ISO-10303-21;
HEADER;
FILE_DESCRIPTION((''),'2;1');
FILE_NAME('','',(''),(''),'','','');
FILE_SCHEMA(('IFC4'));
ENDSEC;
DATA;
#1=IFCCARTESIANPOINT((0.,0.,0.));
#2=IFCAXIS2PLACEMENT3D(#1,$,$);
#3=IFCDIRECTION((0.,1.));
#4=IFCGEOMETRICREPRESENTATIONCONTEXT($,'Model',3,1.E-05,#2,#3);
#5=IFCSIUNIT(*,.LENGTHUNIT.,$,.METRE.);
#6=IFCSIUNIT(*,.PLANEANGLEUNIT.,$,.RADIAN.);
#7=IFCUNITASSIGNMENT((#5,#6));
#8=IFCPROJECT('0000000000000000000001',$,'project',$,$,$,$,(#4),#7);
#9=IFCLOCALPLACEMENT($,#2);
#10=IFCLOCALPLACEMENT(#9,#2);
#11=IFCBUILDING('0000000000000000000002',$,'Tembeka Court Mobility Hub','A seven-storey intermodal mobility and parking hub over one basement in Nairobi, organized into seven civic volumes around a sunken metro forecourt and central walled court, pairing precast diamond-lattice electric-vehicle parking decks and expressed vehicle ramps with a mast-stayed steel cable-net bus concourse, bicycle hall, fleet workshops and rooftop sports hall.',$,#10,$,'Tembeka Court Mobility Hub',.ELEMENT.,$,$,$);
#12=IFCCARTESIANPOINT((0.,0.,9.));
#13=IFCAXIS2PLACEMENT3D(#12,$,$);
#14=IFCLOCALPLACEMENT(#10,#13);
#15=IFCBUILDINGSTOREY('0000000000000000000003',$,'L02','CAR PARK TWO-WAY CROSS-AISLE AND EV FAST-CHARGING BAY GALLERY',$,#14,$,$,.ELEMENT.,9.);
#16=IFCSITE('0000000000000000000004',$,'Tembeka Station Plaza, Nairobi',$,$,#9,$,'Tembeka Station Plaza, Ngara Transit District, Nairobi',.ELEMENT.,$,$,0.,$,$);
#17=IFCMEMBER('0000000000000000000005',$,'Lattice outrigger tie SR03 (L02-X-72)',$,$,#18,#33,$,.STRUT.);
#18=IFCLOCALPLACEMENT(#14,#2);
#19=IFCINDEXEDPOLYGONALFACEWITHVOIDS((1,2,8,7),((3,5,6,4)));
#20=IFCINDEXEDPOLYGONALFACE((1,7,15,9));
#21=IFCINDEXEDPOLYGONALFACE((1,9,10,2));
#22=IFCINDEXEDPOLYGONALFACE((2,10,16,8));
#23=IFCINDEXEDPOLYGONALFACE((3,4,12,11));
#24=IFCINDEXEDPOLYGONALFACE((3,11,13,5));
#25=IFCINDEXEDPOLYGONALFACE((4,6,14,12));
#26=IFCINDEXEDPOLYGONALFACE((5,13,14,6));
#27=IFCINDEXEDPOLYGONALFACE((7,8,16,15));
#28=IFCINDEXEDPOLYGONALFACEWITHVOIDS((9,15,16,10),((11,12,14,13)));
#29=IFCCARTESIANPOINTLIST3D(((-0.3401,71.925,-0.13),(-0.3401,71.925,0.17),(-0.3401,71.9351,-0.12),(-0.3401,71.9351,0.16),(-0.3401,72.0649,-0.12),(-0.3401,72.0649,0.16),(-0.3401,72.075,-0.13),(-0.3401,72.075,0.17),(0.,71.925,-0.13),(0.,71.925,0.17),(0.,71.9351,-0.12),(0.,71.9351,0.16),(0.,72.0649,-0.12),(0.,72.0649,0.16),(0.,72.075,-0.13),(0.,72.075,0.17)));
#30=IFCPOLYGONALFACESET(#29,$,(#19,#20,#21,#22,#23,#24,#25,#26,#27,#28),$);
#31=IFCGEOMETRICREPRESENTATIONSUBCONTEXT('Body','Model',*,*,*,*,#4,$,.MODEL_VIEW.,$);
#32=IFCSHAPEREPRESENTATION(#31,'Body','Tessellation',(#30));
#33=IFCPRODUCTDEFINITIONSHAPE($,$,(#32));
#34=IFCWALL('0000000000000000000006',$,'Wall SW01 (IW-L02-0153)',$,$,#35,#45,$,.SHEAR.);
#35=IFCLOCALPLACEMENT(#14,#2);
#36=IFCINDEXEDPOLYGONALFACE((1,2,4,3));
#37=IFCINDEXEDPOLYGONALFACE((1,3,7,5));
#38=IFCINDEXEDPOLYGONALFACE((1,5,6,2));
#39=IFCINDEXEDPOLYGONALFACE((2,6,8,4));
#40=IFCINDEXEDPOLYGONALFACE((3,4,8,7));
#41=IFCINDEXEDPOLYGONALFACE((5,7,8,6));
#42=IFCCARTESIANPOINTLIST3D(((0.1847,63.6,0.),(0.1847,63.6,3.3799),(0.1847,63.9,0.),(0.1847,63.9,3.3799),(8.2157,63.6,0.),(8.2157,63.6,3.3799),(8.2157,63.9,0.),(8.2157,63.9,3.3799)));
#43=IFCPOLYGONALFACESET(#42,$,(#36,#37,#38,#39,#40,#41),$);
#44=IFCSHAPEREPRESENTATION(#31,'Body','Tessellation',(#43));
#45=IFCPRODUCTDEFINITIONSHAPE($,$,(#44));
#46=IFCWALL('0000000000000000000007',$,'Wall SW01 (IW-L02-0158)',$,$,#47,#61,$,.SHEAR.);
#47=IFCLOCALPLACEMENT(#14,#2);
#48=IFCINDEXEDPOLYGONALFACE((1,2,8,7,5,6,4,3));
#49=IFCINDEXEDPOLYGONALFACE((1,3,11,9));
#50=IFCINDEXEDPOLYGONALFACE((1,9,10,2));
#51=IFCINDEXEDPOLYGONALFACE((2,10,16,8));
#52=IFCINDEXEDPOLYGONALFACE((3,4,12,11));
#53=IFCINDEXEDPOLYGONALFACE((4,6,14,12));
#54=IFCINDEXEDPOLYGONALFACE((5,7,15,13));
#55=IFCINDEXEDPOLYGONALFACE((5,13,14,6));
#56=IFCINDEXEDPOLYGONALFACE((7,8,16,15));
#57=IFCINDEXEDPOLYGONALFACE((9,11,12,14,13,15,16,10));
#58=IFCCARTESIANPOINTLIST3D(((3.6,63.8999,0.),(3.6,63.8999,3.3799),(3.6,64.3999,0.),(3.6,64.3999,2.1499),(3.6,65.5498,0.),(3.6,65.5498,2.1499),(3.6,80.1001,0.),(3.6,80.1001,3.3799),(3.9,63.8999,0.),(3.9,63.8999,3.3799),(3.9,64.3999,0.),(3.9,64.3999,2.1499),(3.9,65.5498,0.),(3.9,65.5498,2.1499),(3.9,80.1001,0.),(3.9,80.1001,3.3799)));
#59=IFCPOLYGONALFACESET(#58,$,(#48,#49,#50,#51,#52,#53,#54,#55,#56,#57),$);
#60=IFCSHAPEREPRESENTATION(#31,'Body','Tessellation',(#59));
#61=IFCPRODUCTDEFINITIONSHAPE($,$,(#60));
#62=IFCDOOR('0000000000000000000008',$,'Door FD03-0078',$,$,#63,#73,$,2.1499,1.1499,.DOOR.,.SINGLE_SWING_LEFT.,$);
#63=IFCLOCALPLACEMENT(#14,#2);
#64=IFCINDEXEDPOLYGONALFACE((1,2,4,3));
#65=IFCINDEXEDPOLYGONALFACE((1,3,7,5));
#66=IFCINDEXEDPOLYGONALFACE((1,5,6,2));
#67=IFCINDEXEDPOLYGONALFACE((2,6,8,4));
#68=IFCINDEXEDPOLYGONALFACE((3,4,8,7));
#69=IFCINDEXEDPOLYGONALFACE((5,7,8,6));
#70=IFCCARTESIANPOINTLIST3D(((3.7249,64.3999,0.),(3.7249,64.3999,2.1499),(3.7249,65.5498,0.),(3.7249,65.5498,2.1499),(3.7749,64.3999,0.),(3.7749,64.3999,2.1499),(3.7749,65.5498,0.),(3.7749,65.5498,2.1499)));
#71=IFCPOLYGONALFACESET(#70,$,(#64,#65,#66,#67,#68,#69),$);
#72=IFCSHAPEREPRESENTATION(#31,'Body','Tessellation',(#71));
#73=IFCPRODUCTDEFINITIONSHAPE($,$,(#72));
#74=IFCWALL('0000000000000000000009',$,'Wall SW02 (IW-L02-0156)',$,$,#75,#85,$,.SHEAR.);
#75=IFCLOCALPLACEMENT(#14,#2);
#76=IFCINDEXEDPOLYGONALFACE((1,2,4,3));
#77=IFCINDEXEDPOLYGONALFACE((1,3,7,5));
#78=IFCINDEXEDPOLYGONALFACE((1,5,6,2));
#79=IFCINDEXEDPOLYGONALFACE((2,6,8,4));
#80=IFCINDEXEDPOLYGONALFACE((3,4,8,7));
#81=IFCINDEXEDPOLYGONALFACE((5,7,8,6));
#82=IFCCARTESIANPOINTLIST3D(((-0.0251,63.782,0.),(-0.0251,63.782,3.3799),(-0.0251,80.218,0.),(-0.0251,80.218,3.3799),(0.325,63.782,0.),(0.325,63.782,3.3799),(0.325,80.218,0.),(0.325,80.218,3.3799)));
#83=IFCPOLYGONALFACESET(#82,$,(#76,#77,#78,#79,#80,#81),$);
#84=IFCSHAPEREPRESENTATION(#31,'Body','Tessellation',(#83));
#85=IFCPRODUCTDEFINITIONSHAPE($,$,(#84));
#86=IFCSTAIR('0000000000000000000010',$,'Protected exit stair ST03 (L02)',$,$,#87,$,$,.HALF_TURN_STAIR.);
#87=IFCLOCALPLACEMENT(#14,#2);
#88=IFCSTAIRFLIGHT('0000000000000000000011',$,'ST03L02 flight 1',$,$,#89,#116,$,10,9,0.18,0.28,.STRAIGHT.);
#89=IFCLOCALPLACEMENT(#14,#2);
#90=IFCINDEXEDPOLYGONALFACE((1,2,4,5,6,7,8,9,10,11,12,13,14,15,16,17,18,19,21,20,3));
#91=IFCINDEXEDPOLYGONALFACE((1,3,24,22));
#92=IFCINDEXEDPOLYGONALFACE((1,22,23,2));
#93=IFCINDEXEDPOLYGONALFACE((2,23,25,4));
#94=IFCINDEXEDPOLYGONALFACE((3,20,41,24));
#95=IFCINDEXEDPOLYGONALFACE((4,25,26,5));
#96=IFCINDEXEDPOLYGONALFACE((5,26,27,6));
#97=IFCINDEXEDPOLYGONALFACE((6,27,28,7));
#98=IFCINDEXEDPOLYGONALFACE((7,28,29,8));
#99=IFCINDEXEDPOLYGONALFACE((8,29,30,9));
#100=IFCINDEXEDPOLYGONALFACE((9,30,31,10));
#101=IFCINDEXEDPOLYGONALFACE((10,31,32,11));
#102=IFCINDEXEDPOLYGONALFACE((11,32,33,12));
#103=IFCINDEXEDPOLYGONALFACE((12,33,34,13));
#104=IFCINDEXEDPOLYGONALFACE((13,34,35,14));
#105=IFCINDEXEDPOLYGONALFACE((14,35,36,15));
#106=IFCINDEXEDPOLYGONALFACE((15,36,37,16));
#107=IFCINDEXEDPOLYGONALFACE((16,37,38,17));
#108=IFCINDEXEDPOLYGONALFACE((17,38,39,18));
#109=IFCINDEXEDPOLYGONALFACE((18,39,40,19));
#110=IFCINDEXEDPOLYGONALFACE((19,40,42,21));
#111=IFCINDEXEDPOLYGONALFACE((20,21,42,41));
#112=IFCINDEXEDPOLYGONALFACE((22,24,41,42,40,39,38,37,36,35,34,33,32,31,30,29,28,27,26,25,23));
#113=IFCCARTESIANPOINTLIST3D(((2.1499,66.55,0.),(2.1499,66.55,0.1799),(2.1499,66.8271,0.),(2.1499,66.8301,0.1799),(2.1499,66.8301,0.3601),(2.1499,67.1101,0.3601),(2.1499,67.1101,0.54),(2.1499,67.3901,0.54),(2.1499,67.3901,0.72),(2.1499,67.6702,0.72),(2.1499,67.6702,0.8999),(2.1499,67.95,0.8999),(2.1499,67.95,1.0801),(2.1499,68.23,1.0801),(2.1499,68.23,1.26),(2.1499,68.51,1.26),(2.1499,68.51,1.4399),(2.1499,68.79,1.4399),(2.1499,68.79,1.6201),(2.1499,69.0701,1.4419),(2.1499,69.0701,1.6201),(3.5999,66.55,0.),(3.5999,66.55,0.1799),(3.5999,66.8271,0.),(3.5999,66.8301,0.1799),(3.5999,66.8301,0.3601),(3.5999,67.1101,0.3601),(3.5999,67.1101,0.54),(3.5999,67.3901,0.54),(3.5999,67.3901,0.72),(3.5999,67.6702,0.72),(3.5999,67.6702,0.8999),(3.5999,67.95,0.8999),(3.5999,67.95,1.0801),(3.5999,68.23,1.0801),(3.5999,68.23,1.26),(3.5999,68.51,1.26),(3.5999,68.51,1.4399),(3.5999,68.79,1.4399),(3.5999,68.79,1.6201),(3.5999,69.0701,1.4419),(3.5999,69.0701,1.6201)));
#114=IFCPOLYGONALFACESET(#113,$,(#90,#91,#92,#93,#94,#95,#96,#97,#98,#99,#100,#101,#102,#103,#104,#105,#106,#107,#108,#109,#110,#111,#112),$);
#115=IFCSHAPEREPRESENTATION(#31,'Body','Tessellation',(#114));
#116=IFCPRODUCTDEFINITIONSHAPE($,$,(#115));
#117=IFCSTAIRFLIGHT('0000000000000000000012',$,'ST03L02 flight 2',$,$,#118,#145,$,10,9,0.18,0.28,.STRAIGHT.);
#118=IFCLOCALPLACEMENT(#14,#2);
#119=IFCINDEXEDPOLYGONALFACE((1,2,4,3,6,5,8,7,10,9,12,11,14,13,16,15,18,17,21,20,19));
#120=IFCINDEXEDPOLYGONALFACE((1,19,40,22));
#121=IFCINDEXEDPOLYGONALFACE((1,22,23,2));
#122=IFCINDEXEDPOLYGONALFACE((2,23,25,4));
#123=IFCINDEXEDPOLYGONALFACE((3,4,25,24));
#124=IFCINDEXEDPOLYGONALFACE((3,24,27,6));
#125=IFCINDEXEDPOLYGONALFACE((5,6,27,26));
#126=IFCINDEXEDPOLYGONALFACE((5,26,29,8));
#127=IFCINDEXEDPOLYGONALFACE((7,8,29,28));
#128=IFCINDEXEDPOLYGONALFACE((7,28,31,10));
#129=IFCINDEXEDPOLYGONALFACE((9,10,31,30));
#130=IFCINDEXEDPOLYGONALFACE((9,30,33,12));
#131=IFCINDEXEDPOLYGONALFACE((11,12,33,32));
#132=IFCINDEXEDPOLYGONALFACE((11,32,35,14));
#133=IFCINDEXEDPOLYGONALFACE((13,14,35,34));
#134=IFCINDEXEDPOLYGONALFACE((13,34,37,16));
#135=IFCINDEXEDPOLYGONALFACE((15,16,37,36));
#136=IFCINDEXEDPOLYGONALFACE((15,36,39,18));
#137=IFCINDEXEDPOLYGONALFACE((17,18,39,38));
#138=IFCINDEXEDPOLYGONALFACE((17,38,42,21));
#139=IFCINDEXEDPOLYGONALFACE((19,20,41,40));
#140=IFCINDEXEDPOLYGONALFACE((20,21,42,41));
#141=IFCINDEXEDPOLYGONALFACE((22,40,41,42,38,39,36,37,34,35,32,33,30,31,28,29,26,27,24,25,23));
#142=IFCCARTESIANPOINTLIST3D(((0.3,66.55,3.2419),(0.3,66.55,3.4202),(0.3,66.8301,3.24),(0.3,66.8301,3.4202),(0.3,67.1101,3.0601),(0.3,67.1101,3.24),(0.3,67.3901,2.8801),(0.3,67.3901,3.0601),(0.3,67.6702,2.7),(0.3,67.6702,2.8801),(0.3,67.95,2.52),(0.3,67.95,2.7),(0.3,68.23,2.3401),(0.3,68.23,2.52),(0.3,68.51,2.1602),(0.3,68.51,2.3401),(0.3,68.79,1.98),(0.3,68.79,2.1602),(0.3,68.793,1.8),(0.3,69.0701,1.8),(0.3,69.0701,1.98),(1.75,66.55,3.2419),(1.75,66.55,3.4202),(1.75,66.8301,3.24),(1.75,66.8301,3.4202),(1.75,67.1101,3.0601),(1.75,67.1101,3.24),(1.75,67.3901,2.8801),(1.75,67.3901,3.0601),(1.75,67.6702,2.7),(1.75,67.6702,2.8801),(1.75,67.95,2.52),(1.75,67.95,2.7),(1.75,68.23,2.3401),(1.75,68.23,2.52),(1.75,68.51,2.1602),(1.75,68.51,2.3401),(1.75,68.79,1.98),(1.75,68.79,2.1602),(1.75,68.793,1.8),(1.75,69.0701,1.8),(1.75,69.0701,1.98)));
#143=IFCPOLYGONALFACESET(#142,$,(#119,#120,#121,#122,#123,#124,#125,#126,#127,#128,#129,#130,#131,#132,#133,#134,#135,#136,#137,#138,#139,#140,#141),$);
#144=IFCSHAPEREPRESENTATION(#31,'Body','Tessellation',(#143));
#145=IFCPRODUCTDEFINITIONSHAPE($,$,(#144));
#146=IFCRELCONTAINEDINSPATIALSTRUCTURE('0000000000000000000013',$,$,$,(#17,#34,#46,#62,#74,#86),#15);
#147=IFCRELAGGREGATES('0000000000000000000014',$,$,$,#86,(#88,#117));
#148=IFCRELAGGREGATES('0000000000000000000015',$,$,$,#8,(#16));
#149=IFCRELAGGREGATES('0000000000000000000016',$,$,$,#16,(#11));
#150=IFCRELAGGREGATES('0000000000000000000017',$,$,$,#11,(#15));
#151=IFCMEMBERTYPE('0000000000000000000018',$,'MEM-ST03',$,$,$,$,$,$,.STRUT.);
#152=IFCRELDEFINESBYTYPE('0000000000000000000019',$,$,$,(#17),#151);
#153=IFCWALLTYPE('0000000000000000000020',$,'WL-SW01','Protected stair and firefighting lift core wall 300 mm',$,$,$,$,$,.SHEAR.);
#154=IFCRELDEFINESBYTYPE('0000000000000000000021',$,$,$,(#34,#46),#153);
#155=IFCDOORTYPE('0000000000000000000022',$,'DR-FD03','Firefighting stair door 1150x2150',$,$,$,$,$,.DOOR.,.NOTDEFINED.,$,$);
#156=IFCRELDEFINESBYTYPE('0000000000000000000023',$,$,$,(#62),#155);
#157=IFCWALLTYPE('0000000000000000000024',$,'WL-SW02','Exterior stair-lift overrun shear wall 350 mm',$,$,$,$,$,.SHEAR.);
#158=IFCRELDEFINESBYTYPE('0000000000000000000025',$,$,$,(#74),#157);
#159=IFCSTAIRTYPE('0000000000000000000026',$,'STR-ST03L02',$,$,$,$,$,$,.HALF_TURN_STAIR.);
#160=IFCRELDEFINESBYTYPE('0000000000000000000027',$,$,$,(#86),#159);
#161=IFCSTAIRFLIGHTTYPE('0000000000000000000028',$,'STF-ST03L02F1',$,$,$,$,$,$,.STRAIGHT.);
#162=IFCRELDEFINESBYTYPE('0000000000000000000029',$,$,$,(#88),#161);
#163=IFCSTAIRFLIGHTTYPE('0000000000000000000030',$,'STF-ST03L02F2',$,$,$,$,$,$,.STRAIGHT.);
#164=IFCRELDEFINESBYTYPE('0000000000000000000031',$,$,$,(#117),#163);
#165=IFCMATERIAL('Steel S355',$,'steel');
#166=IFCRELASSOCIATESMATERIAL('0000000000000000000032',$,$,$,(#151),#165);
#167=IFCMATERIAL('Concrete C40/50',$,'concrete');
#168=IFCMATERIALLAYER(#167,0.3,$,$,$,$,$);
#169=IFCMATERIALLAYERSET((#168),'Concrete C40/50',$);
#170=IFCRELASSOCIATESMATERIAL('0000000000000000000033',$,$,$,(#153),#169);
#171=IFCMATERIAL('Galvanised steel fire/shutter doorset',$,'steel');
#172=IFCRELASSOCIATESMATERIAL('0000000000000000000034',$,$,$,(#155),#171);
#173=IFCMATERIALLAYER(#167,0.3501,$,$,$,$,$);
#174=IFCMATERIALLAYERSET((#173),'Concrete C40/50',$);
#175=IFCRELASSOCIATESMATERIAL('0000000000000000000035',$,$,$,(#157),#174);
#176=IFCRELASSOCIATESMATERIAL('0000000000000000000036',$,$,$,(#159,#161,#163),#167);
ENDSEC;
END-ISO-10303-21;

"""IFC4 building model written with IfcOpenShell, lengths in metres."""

from ifc_helpers import new_model, si_unit, direction, frame, frame_2d, origin, origin_2d, place, context, subcontext, project, spatial, polyline, rectangle, hollow_rectangle, outline, extrude, material, layer, layer_set, material_profile, profile_set, type_object, element, fill, aggregate, save


model = new_model("IFC4")

# Units and contexts
model_context = context("Model", 3, precision=1e-05, world=origin(), true_north=direction((0.0, 1.0)))
body_context = subcontext(model_context, "Body", "Model", "MODEL_VIEW")
ifc_project = project(units=[si_unit("LENGTHUNIT", "METRE"), si_unit("PLANEANGLEUNIT", "RADIAN")], contexts=[model_context])

# Site, building, storey
site_placement = place(None, origin())
site = spatial("IfcSite", under=ifc_project, at=site_placement, Name="Tembeka Station Plaza, Nairobi", LongName="Tembeka Station Plaza, Ngara Transit District, Nairobi", CompositionType="ELEMENT", RefElevation=0.0)
building_placement = place(site_placement, origin())
building = spatial("IfcBuilding", under=site, at=building_placement, Name="Tembeka Court Mobility Hub", Description="A seven-storey intermodal mobility and parking hub over one basement in Nairobi, organized into seven civic volumes around a sunken metro forecourt and central walled court, pairing precast diamond-lattice electric-vehicle parking decks and expressed vehicle ramps with a mast-stayed steel cable-net bus concourse, bicycle hall, fleet workshops and rooftop sports hall.", LongName="Tembeka Court Mobility Hub", CompositionType="ELEMENT")
storey_placement = place(building_placement, frame((0.0, 0.0, 9.0)))
storey = spatial("IfcBuildingStorey", under=building, at=storey_placement, Name="L02", Description="CAR PARK TWO-WAY CROSS-AISLE AND EV FAST-CHARGING BAY GALLERY", CompositionType="ELEMENT", Elevation=9.0)

# Shared definitions
ifc_material_1 = material(Name="Steel S355", Category="steel")

# Member
ifc_material_profile_1 = material_profile(ifc_material_1, hollow_rectangle(XDim=0.1499, YDim=0.3, WallThickness=0.01, at=origin_2d()), Name="RHS 300x150x10")
ifc_profile_set_1 = profile_set([ifc_material_profile_1], Name="Steel S355")
member_type = type_object("IfcMemberType", Name="MEM-ST03", PredefinedType="STRUT", material=ifc_profile_set_1)
for number, where, z_axis, x_axis, name in (
    (1, (0.0, 72.0, 0.02), (-1.0, 0.0, 0.0), (0.0, -1.0, 0.0), "Lattice outrigger tie SR03 (L02-X-72)"),
):
    element("IfcMember", number, at=place(storey_placement, frame(where, z_axis=z_axis, x_axis=x_axis)), inside=storey, type_object=member_type, Name=name, PredefinedType="STRUT", context=body_context, shape_type="SweptSolid", body=[
        extrude(hollow_rectangle(XDim=0.1499, YDim=0.3, WallThickness=0.01, at=origin_2d()), origin(), (0.0, 0.0, 1.0), 0.3401),
    ])

# Wall
ifc_material_2 = material(Name="Concrete C40/50", Category="concrete")
ifc_layer_1 = layer(ifc_material_2, 0.3)
ifc_layer_set_1 = layer_set([ifc_layer_1], Name="Concrete C40/50")
wall_type_1 = type_object("IfcWallType", Name="WL-SW01", Description="Protected stair and firefighting lift core wall 300 mm", PredefinedType="SHEAR", material=ifc_layer_set_1)
wall_1_placement = place(storey_placement, frame((0.1846, 63.75, 0.0), z_axis=(0.0, 0.0, 1.0), x_axis=(1.0, 0.0, 0.0)))
element("IfcWall", 2, at=wall_1_placement, inside=storey, type_object=wall_type_1, Name="Wall SW01 (IW-L02-0153)", PredefinedType="SHEAR", context=body_context, shape_type="SweptSolid", body=[
    extrude(rectangle(XDim=8.031, YDim=0.3, at=frame_2d((4.0156, 0.0))), origin(), (0.0, 0.0, 1.0), 3.3799),
])

# Wall, opening, door
wall_2_placement = place(storey_placement, frame((3.75, 63.8999, 0.0), z_axis=(0.0, 0.0, 1.0), x_axis=(0.0, 1.0, 0.0)))
wall_2 = element("IfcWall", 3, at=wall_2_placement, inside=storey, type_object=wall_type_1, Name="Wall SW01 (IW-L02-0158)", PredefinedType="SHEAR", context=body_context, shape_type="SweptSolid", body=[
    extrude(rectangle(XDim=16.2002, YDim=0.3, at=frame_2d((8.1001, 0.0))), origin(), (0.0, 0.0, 1.0), 3.3799),
])
opening_placement = place(wall_2_placement, frame((0.5, 0.0, 0.0)))
opening = element("IfcOpeningElement", 4, at=opening_placement, cuts=wall_2, PredefinedType="OPENING", context=body_context, shape_type="SweptSolid", body=[
    extrude(rectangle(XDim=1.1499, YDim=2.1499, at=frame_2d((0.575, 1.075))), frame((0.0, 0.1602, 0.0), z_axis=(0.0, -1.0, 0.0), x_axis=(1.0, 0.0, 0.0)), (0.0, 0.0, 1.0), 0.3201),
])
ifc_material_3 = material(Name="Galvanised steel fire/shutter doorset", Category="steel")
door_type = type_object("IfcDoorType", Name="DR-FD03", Description="Firefighting stair door 1150x2150", OperationType="NOTDEFINED", PredefinedType="DOOR", material=ifc_material_3)
door_placement = place(opening_placement, frame((1.1499, 0.0, 0.0), z_axis=(0.0, 0.0, 1.0), x_axis=(-1.0, 0.0, 0.0)))
door = element("IfcDoor", 5, at=door_placement, inside=storey, type_object=door_type, Name="Door FD03-0078", OperationType="SINGLE_SWING_LEFT", OverallHeight=2.1499, OverallWidth=1.1499, PredefinedType="DOOR", context=body_context, shape_type="SweptSolid", body=[
    extrude(rectangle(XDim=1.1499, YDim=2.1499, at=frame_2d((0.575, 1.075))), frame((0.0, 0.0249, 0.0), z_axis=(0.0, -1.0, 0.0), x_axis=(1.0, 0.0, 0.0)), (0.0, 0.0, 1.0), 0.05),
])
fill(opening, door)

# Wall
ifc_layer_2 = layer(ifc_material_2, 0.3501)
ifc_layer_set_2 = layer_set([ifc_layer_2], Name="Concrete C40/50")
wall_type_2 = type_object("IfcWallType", Name="WL-SW02", Description="Exterior stair-lift overrun shear wall 350 mm", PredefinedType="SHEAR", material=ifc_layer_set_2)
wall_3_placement = place(storey_placement, frame((0.1499, 63.782, 0.0), z_axis=(0.0, 0.0, 1.0), x_axis=(0.0, 1.0, 0.0)))
element("IfcWall", 6, at=wall_3_placement, inside=storey, type_object=wall_type_2, Name="Wall SW02 (IW-L02-0156)", PredefinedType="SHEAR", context=body_context, shape_type="SweptSolid", body=[
    extrude(rectangle(XDim=16.436, YDim=0.3501, at=frame_2d((8.218, 0.0))), origin(), (0.0, 0.0, 1.0), 3.3799),
])

# Stair, stair flights
stair_type = type_object("IfcStairType", Name="STR-ST03L02", PredefinedType="HALF_TURN_STAIR", material=ifc_material_2)
stair_placement = place(storey_placement, origin())
stair = element("IfcStair", 7, at=stair_placement, inside=storey, type_object=stair_type, Name="Protected exit stair ST03 (L02)", PredefinedType="HALF_TURN_STAIR")
stair_flight_type_1 = type_object("IfcStairFlightType", Name="STF-ST03L02F1", PredefinedType="STRAIGHT", material=ifc_material_2)
stair_flight_1_placement = place(storey_placement, frame((2.875, 66.55, 0.0), z_axis=(0.0, 0.0, 1.0), x_axis=(0.0, 1.0, 0.0)))
stair_flight_1 = element("IfcStairFlight", 8, at=stair_flight_1_placement, type_object=stair_flight_type_1, Name="ST03L02 flight 1", NumberOfRisers=10, NumberOfTreads=9, PredefinedType="STRAIGHT", RiserHeight=0.18, TreadLength=0.28, context=body_context, shape_type="SweptSolid", body=[
    extrude(outline(polyline([(0.0, 0.0), (0.0, 0.1799), (0.28, 0.1799), (0.28, 0.3601), (0.5601, 0.3601), (0.5601, 0.54), (0.8401, 0.54), (0.8401, 0.72), (1.1201, 0.72), (1.1201, 0.8999), (1.3999, 0.8999), (1.3999, 1.0801), (1.6799, 1.0801), (1.6799, 1.26), (1.96, 1.26), (1.96, 1.4399), (2.24, 1.4399), (2.24, 1.6201), (2.52, 1.6201), (2.52, 1.8), (2.52, 1.4419), (0.2771, 0.0), (0.0, 0.0)])), frame((0.0, 0.7251, 0.0), z_axis=(0.0, -1.0, 0.0), x_axis=(1.0, 0.0, 0.0)), (0.0, 0.0, 1.0), 1.45),
])
stair_flight_type_2 = type_object("IfcStairFlightType", Name="STF-ST03L02F2", PredefinedType="STRAIGHT", material=ifc_material_2)
stair_flight_2_placement = place(storey_placement, frame((1.0249, 69.0701, 1.8), z_axis=(0.0, 0.0, 1.0), x_axis=(0.0, -1.0, 0.0)))
stair_flight_2 = element("IfcStairFlight", 9, at=stair_flight_2_placement, type_object=stair_flight_type_2, Name="ST03L02 flight 2", NumberOfRisers=10, NumberOfTreads=9, PredefinedType="STRAIGHT", RiserHeight=0.18, TreadLength=0.28, context=body_context, shape_type="SweptSolid", body=[
    extrude(outline(polyline([(0.0, 0.0), (0.0, 0.1799), (0.28, 0.1799), (0.28, 0.3601), (0.5601, 0.3601), (0.5601, 0.54), (0.8401, 0.54), (0.8401, 0.72), (1.1201, 0.72), (1.1201, 0.8999), (1.3999, 0.8999), (1.3999, 1.0801), (1.6799, 1.0801), (1.6799, 1.26), (1.96, 1.26), (1.96, 1.4399), (2.24, 1.4399), (2.24, 1.6201), (2.52, 1.6201), (2.52, 1.8), (2.52, 1.4419), (0.2771, 0.0), (0.0, 0.0)])), frame((0.0, 0.7251, 0.0), z_axis=(0.0, -1.0, 0.0), x_axis=(1.0, 0.0, 0.0)), (0.0, 0.0, 1.0), 1.45),
])
aggregate(stair, [stair_flight_1, stair_flight_2])

save(model, "model.ifc")
